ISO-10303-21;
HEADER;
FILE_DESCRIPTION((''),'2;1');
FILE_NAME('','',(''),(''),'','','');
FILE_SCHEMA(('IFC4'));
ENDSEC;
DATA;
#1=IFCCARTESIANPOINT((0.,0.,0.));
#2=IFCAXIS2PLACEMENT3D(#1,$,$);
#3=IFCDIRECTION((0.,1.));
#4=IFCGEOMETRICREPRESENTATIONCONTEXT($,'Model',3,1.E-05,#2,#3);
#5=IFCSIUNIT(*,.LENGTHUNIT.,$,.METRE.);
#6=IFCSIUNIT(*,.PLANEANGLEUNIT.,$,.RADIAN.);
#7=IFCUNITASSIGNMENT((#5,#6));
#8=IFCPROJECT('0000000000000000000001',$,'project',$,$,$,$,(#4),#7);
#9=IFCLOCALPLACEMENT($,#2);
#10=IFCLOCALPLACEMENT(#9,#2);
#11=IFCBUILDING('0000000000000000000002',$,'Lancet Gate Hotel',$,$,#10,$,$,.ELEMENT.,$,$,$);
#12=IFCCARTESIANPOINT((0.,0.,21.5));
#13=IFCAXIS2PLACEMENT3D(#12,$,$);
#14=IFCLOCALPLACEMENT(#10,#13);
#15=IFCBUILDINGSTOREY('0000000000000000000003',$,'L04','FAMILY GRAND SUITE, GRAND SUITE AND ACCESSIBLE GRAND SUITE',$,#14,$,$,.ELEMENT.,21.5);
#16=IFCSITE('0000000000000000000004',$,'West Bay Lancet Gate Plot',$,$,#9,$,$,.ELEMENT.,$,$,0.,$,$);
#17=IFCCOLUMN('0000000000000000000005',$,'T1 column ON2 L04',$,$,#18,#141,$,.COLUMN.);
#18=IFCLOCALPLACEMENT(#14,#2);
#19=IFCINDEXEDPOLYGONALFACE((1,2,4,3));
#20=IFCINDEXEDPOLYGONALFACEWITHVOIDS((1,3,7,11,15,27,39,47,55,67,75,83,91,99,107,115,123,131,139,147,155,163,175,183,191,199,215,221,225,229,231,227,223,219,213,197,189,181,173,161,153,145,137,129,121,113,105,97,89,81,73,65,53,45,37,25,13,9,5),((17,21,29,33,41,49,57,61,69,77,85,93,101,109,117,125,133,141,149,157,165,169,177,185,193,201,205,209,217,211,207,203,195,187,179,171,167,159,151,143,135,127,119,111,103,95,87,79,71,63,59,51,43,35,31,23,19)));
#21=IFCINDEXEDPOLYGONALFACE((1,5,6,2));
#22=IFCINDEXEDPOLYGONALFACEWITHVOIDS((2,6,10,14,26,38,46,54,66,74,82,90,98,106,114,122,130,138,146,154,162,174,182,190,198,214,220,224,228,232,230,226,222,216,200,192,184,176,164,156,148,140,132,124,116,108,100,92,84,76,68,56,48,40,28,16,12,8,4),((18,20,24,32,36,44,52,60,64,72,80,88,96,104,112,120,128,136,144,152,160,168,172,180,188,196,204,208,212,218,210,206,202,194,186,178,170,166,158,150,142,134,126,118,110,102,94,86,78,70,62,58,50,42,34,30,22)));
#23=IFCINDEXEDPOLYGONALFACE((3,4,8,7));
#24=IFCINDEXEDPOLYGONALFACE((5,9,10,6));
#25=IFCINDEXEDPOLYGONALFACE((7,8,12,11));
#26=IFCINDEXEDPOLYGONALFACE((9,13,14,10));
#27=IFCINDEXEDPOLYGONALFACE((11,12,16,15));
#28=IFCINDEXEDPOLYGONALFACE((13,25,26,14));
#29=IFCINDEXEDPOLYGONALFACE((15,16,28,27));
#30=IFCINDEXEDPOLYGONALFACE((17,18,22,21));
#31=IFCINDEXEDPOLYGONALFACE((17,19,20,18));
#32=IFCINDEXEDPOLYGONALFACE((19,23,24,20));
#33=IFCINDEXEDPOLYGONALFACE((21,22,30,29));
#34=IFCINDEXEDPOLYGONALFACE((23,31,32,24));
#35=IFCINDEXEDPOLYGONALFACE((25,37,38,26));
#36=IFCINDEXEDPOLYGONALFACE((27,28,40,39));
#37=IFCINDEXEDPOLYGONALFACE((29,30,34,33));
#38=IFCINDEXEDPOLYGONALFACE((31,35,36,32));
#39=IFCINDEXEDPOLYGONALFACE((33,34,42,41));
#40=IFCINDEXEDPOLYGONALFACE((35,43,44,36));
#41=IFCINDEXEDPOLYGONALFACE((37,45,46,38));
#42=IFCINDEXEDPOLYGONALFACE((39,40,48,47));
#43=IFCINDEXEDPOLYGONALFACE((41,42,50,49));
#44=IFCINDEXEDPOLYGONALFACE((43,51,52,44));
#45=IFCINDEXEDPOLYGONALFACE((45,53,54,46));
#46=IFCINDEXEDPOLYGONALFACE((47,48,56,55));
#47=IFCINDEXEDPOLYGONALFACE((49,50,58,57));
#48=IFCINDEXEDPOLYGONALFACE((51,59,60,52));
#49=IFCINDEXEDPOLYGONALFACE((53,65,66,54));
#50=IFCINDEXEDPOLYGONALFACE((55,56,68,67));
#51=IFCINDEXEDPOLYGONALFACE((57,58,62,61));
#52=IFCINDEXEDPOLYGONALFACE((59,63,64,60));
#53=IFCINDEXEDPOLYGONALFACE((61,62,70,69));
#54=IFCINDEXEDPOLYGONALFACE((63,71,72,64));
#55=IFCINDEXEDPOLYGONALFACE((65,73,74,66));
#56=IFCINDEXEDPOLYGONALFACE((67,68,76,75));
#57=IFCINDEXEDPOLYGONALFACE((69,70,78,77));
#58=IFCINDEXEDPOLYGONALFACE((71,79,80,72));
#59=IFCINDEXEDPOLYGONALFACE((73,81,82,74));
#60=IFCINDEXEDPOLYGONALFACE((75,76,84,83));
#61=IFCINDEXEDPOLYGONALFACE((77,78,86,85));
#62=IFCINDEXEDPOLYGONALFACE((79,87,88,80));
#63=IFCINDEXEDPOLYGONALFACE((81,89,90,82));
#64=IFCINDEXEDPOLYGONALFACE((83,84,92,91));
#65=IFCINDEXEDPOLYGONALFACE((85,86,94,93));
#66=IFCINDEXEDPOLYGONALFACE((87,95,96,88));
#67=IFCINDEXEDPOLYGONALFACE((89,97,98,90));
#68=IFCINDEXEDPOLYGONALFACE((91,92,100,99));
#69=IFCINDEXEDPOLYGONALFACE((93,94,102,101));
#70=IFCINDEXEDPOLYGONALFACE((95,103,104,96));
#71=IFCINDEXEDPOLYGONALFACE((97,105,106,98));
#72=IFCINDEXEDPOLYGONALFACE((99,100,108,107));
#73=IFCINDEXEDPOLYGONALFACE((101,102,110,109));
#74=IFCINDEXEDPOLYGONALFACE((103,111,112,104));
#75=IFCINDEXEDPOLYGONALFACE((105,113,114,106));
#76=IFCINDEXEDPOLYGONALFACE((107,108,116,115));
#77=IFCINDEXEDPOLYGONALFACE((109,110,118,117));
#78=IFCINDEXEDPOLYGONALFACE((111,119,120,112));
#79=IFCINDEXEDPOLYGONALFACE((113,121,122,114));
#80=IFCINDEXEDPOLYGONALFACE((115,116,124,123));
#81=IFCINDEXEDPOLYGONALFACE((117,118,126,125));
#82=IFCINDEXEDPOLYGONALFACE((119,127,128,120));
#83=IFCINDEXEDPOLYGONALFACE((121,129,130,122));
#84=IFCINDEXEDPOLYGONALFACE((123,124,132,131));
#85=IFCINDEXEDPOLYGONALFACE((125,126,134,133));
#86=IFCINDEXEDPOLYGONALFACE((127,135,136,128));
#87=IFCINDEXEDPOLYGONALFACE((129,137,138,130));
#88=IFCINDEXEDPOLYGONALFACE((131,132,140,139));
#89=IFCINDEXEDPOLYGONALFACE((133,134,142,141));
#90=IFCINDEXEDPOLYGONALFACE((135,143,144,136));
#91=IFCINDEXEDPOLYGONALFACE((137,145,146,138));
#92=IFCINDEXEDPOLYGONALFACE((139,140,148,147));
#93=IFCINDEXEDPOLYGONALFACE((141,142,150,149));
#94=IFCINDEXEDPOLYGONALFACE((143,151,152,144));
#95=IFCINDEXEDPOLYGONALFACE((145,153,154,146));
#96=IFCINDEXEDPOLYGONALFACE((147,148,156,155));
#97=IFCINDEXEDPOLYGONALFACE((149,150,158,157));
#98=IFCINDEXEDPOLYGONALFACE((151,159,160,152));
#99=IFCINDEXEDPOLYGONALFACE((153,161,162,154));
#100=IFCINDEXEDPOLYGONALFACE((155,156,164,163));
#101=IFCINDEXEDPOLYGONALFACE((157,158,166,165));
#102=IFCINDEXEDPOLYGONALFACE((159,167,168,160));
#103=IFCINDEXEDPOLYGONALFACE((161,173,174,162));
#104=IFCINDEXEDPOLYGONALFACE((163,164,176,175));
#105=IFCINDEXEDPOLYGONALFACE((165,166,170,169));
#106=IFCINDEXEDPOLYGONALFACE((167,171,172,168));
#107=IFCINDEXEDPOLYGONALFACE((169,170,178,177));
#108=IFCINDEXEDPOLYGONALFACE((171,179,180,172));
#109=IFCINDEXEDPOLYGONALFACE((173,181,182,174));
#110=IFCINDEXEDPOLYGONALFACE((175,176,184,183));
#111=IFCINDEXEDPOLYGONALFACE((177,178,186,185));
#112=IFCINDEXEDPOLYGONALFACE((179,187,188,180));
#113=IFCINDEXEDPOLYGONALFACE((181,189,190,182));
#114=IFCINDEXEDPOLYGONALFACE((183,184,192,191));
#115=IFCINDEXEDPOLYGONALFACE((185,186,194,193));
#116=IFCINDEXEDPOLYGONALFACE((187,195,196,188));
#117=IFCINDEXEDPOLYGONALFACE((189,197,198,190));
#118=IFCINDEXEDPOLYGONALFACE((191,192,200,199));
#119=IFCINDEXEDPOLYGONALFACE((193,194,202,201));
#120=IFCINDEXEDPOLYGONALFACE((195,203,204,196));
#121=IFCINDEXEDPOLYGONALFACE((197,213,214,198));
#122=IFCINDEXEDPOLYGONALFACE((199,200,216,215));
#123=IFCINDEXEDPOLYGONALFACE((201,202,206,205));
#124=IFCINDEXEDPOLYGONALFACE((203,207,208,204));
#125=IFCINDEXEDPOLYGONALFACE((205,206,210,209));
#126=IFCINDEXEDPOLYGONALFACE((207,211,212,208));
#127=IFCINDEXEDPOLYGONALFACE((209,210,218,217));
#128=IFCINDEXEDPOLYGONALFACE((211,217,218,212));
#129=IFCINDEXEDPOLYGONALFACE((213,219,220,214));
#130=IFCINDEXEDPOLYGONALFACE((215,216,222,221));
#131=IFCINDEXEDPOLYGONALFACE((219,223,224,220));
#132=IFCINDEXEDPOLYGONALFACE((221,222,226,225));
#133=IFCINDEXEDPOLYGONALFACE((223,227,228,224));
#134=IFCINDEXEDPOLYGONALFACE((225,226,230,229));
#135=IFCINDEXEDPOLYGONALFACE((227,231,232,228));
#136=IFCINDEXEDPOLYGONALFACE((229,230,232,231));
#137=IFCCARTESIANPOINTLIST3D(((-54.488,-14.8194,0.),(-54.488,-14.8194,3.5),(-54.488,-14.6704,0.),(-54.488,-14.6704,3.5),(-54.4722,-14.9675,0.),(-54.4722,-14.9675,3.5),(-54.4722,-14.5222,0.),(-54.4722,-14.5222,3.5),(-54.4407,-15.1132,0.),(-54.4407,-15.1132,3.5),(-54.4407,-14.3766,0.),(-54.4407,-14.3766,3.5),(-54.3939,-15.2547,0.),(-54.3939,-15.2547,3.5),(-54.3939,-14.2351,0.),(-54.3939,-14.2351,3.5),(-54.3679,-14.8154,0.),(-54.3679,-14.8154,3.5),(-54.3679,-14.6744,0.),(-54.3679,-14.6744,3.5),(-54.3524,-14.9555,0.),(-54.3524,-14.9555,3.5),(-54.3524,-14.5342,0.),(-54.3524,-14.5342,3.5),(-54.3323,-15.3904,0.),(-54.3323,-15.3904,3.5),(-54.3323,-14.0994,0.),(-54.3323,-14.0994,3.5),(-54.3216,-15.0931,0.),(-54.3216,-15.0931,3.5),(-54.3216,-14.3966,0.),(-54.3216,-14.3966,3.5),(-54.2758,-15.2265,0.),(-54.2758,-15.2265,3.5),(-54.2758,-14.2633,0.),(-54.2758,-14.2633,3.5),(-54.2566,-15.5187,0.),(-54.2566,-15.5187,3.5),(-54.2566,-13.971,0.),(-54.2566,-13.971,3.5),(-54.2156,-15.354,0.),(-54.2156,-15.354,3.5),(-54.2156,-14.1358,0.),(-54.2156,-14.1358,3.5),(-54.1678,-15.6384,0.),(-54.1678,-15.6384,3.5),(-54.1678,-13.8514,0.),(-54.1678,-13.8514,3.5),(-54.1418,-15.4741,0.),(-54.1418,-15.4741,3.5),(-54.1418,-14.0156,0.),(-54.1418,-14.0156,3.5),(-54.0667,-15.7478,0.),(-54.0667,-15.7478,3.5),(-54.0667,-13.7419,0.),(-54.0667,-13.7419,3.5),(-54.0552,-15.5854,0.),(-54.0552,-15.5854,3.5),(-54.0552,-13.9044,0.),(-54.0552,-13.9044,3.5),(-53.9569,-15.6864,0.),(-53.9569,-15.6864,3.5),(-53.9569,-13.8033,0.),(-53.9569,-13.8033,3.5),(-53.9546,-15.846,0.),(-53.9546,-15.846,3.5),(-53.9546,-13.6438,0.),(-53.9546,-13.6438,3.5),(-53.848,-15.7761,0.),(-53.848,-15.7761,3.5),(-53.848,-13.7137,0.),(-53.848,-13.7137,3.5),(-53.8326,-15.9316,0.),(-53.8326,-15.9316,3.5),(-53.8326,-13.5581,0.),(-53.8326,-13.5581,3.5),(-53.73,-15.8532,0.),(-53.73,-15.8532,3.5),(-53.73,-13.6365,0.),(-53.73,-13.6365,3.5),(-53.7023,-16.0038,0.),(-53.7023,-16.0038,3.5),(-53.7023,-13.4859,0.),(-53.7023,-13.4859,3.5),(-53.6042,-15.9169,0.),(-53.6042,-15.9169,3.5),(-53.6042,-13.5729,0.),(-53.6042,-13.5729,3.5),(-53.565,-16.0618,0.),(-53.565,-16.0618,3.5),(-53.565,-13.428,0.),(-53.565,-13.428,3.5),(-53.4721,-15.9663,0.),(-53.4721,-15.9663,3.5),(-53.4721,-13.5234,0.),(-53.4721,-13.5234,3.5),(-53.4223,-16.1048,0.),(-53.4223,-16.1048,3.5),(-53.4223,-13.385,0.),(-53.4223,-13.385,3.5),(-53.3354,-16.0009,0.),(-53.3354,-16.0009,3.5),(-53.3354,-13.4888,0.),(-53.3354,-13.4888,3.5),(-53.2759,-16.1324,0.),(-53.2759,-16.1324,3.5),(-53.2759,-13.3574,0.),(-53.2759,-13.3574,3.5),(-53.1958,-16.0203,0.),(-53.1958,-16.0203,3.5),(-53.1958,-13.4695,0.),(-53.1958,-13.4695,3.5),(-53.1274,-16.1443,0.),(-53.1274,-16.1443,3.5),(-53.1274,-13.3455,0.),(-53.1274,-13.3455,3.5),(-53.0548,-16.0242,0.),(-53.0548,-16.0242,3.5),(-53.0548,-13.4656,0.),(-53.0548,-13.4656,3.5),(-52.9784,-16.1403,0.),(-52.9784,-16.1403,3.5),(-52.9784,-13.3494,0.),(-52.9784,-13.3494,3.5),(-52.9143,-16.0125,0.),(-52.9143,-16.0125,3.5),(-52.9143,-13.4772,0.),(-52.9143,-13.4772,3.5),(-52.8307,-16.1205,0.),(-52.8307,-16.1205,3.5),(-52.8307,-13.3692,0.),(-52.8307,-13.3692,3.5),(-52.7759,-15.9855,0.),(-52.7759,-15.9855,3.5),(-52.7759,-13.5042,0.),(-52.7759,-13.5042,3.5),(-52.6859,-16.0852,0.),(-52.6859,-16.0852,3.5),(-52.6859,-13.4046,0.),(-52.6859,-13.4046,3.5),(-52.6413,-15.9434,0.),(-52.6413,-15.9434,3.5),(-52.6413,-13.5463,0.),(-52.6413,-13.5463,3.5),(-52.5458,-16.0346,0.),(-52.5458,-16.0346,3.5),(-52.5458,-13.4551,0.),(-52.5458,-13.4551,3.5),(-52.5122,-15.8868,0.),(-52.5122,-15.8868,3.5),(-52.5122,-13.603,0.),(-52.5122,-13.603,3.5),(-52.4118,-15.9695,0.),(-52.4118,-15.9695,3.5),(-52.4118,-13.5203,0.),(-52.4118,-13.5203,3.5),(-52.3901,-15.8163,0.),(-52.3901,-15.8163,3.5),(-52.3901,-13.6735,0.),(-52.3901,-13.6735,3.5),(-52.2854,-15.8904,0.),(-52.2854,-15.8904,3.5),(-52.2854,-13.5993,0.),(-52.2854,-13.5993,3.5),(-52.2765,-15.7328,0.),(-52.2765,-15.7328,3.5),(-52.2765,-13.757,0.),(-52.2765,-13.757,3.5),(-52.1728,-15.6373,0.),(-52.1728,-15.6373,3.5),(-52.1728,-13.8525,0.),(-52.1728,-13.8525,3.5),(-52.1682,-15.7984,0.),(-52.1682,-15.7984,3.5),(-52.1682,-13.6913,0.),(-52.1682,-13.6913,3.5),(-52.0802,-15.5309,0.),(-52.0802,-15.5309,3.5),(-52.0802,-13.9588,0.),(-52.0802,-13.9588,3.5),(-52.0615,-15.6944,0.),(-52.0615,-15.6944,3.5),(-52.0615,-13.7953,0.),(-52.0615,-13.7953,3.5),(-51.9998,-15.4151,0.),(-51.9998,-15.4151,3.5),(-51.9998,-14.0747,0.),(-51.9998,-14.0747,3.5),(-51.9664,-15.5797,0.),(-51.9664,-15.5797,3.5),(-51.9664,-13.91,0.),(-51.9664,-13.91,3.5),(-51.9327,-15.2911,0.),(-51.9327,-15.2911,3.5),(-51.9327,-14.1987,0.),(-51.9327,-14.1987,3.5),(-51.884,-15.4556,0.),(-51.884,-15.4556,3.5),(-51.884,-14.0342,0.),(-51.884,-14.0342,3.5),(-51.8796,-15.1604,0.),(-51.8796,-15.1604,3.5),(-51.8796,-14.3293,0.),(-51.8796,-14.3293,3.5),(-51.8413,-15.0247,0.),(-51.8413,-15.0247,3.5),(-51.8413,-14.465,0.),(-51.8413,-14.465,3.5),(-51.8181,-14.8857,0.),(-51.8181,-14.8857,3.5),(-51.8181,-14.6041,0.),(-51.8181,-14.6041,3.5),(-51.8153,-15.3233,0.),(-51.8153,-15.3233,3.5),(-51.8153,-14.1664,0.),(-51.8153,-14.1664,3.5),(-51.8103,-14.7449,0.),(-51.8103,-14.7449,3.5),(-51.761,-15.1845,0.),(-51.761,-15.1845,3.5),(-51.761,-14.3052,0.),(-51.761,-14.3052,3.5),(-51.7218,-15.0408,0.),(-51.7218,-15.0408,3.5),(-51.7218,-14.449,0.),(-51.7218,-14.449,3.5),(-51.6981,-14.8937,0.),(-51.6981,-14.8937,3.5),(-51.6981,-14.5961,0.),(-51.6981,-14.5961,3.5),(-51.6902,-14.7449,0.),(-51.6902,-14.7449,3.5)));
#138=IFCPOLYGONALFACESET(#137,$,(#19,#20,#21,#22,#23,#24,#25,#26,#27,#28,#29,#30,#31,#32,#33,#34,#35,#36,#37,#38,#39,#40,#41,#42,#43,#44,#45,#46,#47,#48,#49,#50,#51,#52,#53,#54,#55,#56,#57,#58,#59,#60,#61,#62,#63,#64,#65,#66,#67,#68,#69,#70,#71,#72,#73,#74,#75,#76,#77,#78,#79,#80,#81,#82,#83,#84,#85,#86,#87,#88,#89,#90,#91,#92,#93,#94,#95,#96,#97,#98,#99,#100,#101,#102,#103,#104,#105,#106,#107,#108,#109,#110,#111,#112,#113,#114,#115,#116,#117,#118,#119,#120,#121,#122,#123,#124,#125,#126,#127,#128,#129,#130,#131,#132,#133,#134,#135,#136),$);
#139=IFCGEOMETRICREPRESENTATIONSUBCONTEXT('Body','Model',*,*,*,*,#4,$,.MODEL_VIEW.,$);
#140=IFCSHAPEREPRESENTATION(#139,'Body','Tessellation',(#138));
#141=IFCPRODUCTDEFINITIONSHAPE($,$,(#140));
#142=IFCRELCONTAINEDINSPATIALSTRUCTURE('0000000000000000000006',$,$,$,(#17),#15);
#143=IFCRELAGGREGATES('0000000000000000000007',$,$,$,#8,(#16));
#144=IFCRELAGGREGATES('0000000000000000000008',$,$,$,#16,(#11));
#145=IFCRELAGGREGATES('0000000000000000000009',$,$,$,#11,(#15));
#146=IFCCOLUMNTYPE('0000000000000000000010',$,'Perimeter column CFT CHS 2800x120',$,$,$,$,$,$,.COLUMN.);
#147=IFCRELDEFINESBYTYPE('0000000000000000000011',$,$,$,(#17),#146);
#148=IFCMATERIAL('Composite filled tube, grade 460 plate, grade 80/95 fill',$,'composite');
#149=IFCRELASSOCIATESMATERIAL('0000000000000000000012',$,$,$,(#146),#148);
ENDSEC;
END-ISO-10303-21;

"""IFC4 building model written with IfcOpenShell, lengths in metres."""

from ifc_helpers import new_model, si_unit, direction, frame, origin, origin_2d, place, context, subcontext, project, spatial, hollow_circle, extrude, material, material_profile, profile_set, type_object, element, save


model = new_model("IFC4")

# Units and contexts
model_context = context("Model", 3, precision=1e-05, world=origin(), true_north=direction((0.0, 1.0)))
body_context = subcontext(model_context, "Body", "Model", "MODEL_VIEW")
ifc_project = project(units=[si_unit("LENGTHUNIT", "METRE"), si_unit("PLANEANGLEUNIT", "RADIAN")], contexts=[model_context])

# Site, building, storey
site_placement = place(None, origin())
site = spatial("IfcSite", under=ifc_project, at=site_placement, Name="West Bay Lancet Gate Plot", CompositionType="ELEMENT", RefElevation=0.0)
building_placement = place(site_placement, origin())
building = spatial("IfcBuilding", under=site, at=building_placement, Name="Lancet Gate Hotel", CompositionType="ELEMENT")
storey_placement = place(building_placement, frame((0.0, 0.0, 21.5)))
storey = spatial("IfcBuildingStorey", under=building, at=storey_placement, Name="L04", Description="FAMILY GRAND SUITE, GRAND SUITE AND ACCESSIBLE GRAND SUITE", CompositionType="ELEMENT", Elevation=21.5)

# Column
ifc_material_1 = material(Name="Composite filled tube, grade 460 plate, grade 80/95 fill", Category="composite")
ifc_material_profile_1 = material_profile(ifc_material_1, hollow_circle(Radius=1.3999, WallThickness=0.1201, at=origin_2d()), Name="CHS 2800x120")
ifc_profile_set_1 = profile_set([ifc_material_profile_1], Name="Composite filled tube, grade 460 plate, grade 80/95 fill")
column_type = type_object("IfcColumnType", Name="Perimeter column CFT CHS 2800x120", PredefinedType="COLUMN", material=ifc_profile_set_1)
for number, where, z_axis, x_axis, name in (
    (1, (-53.0901, -14.7449, 0.0), (0.0, 0.0, 1.0), (1.0, 0.0, 0.0), "T1 column ON2 L04"),
):
    element("IfcColumn", number, at=place(storey_placement, frame(where, z_axis=z_axis, x_axis=x_axis)), inside=storey, type_object=column_type, Name=name, PredefinedType="COLUMN", context=body_context, shape_type="SweptSolid", body=[
        extrude(hollow_circle(Radius=1.3999, WallThickness=0.1201, at=origin_2d()), origin(), (0.0, 0.0, 1.0), 3.5),
    ])

save(model, "model.ifc")
